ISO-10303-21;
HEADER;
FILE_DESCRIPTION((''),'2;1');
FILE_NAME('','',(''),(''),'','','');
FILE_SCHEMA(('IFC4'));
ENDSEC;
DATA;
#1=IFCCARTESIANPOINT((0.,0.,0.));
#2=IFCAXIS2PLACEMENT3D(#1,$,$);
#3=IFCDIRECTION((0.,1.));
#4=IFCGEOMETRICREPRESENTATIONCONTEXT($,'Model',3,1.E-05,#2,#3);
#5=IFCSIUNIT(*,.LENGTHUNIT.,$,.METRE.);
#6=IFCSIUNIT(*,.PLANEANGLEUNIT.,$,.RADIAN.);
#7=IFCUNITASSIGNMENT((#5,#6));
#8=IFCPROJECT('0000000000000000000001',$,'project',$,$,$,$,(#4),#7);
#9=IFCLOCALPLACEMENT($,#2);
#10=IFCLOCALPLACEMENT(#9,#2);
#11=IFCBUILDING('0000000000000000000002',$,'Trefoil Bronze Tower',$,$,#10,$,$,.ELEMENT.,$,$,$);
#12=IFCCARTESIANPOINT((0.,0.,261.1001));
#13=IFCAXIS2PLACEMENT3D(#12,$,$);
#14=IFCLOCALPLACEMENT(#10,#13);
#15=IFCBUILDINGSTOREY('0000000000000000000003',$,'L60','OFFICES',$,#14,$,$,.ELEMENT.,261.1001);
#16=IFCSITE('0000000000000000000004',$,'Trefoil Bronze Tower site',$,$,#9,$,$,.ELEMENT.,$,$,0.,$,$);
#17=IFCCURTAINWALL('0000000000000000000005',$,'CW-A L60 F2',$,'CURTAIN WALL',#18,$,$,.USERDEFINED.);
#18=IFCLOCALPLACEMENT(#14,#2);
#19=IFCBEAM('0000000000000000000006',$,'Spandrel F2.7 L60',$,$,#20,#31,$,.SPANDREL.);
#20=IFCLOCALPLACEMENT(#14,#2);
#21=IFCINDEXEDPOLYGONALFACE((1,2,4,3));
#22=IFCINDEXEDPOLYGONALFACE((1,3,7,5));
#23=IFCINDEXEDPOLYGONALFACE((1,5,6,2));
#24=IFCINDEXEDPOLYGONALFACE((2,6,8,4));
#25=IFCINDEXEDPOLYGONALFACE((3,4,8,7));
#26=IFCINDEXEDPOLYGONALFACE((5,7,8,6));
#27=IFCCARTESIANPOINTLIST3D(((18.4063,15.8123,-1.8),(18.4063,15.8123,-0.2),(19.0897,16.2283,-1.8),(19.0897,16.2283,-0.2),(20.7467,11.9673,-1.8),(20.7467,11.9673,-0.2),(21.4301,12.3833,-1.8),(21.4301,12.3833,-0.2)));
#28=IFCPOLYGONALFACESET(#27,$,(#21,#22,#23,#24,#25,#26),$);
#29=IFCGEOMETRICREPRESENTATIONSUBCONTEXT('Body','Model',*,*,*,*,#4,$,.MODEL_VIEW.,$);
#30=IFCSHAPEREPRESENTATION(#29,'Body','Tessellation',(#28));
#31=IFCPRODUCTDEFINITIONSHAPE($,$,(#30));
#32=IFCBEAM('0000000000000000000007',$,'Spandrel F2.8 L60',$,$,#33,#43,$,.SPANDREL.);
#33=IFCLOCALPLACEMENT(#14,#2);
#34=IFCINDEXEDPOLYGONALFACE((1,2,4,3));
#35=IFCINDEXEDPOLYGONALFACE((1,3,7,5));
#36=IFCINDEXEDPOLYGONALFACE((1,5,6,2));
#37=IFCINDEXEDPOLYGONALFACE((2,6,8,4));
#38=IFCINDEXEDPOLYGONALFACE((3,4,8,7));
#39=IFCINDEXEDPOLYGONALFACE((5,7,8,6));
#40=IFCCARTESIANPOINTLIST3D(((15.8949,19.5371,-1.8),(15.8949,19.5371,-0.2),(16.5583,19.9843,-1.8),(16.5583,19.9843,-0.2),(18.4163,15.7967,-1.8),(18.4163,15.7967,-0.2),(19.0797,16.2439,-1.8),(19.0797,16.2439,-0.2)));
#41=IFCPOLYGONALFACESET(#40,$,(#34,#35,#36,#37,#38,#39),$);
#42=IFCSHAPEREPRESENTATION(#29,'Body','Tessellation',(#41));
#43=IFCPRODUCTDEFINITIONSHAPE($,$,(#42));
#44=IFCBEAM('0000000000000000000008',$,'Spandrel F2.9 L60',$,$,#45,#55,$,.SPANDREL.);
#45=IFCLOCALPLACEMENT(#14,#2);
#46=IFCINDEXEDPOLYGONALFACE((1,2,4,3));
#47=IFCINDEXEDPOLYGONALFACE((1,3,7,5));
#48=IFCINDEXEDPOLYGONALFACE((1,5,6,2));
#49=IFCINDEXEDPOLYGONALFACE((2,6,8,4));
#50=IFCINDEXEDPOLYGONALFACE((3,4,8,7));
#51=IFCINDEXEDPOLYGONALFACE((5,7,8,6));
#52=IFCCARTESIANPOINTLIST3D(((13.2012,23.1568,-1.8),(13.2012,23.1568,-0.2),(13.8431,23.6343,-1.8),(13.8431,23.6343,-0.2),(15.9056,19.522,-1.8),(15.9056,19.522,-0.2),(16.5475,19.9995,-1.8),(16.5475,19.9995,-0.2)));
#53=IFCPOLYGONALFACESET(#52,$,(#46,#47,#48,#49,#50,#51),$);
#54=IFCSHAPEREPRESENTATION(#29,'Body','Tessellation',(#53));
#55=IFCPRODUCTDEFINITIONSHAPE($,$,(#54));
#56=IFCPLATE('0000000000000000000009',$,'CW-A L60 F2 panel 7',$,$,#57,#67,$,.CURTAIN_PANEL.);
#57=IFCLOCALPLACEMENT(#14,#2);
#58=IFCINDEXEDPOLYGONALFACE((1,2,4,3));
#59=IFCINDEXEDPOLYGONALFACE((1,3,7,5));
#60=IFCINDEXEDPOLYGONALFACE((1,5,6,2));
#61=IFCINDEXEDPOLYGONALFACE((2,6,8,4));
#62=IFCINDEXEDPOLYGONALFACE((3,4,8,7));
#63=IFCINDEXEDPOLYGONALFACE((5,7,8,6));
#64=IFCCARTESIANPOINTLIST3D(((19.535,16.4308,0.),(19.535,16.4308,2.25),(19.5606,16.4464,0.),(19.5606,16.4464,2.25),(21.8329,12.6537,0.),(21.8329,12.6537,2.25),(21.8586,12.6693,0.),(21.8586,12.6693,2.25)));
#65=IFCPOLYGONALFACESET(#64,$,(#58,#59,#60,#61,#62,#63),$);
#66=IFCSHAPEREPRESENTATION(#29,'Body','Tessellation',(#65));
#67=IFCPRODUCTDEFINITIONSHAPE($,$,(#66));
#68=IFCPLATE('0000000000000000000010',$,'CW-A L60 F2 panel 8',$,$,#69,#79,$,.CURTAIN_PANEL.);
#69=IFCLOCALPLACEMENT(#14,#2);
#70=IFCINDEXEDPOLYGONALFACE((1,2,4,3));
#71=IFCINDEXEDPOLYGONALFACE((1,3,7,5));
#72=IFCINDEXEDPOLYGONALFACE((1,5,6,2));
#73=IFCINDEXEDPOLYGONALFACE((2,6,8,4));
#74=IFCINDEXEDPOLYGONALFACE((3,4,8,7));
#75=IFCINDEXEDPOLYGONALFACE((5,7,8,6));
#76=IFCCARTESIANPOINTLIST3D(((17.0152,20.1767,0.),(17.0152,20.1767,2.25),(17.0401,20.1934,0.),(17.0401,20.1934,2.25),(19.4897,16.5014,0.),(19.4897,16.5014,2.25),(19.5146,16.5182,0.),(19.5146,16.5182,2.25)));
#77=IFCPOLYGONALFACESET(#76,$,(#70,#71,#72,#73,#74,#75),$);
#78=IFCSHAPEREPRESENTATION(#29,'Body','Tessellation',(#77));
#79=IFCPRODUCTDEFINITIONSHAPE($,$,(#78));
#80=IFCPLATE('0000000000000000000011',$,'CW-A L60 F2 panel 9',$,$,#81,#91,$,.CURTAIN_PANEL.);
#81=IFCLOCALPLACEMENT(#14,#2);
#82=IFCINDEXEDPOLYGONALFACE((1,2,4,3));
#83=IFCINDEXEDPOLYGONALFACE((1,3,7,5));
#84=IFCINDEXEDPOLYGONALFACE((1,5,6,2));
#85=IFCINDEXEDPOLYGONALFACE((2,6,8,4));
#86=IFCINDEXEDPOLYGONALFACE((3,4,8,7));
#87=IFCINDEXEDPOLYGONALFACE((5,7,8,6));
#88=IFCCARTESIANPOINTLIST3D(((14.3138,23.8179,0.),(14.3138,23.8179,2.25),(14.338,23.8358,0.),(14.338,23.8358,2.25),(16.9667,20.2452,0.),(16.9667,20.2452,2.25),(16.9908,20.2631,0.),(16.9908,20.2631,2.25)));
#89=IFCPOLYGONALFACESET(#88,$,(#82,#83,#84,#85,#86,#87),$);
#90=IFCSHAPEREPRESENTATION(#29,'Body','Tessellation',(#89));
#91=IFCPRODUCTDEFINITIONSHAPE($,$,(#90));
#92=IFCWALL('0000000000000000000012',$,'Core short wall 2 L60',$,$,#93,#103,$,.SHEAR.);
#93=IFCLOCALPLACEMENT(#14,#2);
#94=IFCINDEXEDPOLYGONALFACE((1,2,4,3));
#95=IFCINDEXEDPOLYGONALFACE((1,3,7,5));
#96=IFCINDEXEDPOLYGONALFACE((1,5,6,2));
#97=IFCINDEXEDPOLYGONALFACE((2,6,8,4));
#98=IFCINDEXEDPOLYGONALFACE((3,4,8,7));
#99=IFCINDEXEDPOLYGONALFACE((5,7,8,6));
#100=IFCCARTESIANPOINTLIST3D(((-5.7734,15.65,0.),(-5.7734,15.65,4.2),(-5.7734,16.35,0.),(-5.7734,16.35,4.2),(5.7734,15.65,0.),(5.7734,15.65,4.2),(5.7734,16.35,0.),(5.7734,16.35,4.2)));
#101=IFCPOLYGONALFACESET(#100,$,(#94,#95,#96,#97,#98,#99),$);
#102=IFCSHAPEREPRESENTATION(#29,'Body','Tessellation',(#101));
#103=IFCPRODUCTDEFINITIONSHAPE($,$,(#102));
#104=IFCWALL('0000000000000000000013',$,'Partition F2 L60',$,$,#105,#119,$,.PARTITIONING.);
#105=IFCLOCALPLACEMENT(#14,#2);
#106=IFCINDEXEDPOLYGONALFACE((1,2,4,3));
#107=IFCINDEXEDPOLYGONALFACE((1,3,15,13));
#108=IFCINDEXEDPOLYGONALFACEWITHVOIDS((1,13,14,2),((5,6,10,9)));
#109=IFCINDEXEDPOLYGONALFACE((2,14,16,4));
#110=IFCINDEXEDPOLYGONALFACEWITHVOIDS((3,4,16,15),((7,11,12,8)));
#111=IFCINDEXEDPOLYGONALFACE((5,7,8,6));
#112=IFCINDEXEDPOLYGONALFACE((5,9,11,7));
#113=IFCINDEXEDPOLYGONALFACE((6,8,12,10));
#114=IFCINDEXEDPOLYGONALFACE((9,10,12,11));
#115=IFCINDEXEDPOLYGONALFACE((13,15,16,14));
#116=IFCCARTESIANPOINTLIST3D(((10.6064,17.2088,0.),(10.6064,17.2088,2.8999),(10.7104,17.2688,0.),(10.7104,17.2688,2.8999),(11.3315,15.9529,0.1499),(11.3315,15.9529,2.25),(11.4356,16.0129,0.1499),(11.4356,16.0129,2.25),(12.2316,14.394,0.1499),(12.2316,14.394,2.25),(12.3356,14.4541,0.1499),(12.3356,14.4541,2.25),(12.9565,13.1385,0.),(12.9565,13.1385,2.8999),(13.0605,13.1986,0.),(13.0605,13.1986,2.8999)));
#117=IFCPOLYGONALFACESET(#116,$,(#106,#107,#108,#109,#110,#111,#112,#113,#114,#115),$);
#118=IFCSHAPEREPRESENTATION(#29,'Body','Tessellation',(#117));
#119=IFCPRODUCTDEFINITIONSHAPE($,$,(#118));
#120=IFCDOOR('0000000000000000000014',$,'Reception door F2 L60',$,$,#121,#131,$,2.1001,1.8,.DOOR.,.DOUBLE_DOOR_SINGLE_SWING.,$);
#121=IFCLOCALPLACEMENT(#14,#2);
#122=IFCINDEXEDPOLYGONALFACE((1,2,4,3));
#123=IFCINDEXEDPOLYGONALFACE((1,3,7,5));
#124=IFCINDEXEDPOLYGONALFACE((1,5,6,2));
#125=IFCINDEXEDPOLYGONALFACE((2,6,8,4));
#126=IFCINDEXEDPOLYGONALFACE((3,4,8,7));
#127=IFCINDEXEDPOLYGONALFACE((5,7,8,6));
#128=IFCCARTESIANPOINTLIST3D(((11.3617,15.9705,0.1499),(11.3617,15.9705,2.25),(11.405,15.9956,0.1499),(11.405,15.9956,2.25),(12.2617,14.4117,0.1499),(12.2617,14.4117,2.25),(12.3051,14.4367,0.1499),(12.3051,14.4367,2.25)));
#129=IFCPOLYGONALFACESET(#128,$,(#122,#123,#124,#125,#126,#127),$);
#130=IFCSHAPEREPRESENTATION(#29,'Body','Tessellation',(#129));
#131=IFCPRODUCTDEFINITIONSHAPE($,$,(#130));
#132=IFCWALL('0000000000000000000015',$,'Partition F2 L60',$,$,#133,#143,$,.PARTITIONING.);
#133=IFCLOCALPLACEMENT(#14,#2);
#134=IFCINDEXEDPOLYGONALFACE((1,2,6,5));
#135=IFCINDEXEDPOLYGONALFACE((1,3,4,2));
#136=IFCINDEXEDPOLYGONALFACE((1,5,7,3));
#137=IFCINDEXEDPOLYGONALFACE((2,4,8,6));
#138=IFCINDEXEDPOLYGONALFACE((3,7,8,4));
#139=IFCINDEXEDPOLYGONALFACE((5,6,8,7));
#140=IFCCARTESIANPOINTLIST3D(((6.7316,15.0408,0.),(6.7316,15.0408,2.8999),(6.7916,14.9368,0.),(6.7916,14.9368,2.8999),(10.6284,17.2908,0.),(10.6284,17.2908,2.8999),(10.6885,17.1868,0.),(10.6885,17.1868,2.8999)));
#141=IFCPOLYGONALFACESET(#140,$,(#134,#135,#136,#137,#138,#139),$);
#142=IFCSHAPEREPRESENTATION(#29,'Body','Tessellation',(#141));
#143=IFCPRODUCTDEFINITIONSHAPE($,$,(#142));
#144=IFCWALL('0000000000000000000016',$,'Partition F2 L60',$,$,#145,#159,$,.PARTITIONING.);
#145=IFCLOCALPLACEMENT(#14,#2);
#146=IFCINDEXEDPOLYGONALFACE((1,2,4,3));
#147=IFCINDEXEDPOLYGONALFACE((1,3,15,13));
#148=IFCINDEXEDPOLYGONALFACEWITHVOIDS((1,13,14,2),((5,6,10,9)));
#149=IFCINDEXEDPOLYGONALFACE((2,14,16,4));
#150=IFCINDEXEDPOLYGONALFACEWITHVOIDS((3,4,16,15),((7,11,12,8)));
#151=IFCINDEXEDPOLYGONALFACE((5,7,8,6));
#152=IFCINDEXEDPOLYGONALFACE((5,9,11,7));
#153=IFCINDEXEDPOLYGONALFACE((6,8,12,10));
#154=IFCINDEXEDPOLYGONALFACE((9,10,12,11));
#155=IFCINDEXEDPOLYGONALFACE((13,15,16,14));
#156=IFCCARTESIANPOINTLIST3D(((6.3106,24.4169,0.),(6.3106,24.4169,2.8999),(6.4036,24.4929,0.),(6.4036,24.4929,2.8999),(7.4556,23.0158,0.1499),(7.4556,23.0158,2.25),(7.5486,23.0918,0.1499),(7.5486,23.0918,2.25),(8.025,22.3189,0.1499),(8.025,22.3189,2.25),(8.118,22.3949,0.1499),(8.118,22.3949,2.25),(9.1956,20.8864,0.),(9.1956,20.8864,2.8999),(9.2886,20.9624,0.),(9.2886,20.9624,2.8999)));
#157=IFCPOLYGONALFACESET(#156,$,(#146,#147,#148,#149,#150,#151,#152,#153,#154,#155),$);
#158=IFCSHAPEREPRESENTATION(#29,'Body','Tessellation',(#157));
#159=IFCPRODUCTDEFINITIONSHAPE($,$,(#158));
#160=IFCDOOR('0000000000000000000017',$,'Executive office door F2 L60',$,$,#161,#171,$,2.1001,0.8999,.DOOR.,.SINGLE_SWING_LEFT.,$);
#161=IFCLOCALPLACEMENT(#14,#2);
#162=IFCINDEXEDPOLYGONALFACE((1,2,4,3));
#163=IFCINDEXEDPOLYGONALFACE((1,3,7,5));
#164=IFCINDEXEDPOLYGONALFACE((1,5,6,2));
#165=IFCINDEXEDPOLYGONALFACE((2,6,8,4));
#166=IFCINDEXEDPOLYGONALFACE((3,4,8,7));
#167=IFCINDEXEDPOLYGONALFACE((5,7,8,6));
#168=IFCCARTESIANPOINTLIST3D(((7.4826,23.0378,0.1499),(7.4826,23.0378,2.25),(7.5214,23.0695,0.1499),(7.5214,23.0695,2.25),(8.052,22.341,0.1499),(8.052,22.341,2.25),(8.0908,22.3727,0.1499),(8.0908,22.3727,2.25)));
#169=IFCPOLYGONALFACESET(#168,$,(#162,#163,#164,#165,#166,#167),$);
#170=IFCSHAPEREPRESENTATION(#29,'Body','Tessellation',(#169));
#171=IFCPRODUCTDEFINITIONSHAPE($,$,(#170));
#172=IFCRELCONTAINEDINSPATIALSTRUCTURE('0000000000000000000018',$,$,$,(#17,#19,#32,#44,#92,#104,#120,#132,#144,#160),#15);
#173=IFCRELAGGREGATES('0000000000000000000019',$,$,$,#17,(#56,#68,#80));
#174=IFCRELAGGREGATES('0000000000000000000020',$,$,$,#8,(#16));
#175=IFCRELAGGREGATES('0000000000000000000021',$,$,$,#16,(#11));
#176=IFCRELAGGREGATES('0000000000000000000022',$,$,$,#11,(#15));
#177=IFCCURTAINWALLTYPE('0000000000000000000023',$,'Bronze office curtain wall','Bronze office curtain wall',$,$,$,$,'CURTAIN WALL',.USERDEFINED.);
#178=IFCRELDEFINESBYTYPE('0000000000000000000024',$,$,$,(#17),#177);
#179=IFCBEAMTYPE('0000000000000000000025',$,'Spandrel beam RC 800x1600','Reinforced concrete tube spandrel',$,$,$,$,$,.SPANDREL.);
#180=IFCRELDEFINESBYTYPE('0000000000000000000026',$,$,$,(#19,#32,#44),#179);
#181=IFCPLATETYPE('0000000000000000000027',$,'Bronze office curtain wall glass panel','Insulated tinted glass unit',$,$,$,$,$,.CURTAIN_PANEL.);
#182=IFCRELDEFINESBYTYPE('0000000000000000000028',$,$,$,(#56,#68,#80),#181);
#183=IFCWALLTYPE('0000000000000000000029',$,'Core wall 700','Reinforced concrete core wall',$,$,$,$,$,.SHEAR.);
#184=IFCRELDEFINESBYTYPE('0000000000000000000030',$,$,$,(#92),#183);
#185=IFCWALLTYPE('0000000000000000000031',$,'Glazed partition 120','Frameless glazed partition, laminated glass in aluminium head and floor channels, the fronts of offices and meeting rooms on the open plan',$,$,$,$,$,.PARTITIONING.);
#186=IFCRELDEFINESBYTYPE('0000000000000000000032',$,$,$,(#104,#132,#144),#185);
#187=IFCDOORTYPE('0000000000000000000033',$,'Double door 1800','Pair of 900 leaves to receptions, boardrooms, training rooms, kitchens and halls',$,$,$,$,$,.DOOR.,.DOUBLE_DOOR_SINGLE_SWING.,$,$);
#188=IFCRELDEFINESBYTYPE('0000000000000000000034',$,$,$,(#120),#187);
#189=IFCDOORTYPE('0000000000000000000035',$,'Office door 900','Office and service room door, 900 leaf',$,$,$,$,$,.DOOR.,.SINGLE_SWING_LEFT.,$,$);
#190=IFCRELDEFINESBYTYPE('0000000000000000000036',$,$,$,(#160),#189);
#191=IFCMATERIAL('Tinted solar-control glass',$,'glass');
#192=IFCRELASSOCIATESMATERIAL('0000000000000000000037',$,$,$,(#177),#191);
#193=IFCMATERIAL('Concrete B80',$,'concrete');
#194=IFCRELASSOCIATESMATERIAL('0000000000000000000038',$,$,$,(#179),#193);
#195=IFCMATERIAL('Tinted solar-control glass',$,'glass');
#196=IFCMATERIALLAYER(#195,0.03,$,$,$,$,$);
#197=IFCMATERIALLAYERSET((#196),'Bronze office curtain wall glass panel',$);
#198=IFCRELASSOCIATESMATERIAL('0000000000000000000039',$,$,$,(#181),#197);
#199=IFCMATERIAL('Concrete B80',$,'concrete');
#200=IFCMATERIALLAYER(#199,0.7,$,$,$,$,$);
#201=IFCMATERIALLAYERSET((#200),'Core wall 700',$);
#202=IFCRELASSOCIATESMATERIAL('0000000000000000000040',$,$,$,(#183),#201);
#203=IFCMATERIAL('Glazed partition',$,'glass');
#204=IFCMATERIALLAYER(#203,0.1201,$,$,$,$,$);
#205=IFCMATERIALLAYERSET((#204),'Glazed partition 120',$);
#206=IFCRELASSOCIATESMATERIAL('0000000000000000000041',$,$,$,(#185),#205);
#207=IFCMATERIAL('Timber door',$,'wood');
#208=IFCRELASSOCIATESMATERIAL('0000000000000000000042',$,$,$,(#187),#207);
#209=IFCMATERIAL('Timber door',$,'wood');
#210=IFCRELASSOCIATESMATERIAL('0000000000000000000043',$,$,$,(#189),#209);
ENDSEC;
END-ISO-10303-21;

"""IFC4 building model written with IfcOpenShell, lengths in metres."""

from ifc_helpers import new_model, si_unit, direction, frame, frame_2d, origin, origin_2d, place, context, subcontext, project, spatial, rectangle, extrude, material, layer, layer_set, material_profile, profile_set, type_object, element, fill, aggregate, save


model = new_model("IFC4")

# Units and contexts
model_context = context("Model", 3, precision=1e-05, world=origin(), true_north=direction((0.0, 1.0)))
body_context = subcontext(model_context, "Body", "Model", "MODEL_VIEW")
ifc_project = project(units=[si_unit("LENGTHUNIT", "METRE"), si_unit("PLANEANGLEUNIT", "RADIAN")], contexts=[model_context])

# Site, building, storey
site_placement = place(None, origin())
site = spatial("IfcSite", under=ifc_project, at=site_placement, Name="Trefoil Bronze Tower site", CompositionType="ELEMENT", RefElevation=0.0)
building_placement = place(site_placement, origin())
building = spatial("IfcBuilding", under=site, at=building_placement, Name="Trefoil Bronze Tower", CompositionType="ELEMENT")
storey_placement = place(building_placement, frame((0.0, 0.0, 261.1001)))
storey = spatial("IfcBuildingStorey", under=building, at=storey_placement, Name="L60", Description="OFFICES", CompositionType="ELEMENT", Elevation=261.1001)

# Curtain wall
ifc_material_1 = material(Name="Tinted solar-control glass", Category="glass")
curtain_wall_type = type_object("IfcCurtainWallType", Name="Bronze office curtain wall", Description="Bronze office curtain wall", ElementType="CURTAIN WALL", PredefinedType="USERDEFINED", material=ifc_material_1)
curtain_wall_placement = place(storey_placement, origin())
curtain_wall = element("IfcCurtainWall", 1, at=curtain_wall_placement, inside=storey, type_object=curtain_wall_type, Name="CW-A L60 F2", ObjectType="CURTAIN WALL", PredefinedType="USERDEFINED")

# Beams
ifc_material_2 = material(Name="Concrete B80", Category="concrete")
ifc_material_profile_1 = material_profile(ifc_material_2, rectangle(XDim=0.8, YDim=1.6001, at=origin_2d()), Name="RC 800x1600")
ifc_profile_set_1 = profile_set([ifc_material_profile_1], Name="Concrete B80")
beam_type_1 = type_object("IfcBeamType", Name="Spandrel beam RC 800x1600", Description="Reinforced concrete tube spandrel", PredefinedType="SPANDREL", material=ifc_profile_set_1)
beam_1_placement = place(storey_placement, frame((21.0884, 12.1753, -1.0), z_axis=(-0.519933, 0.854207, 0.0), x_axis=(-0.854207, -0.519933, 0.0)))
element("IfcBeam", 2, at=beam_1_placement, inside=storey, type_object=beam_type_1, Name="Spandrel F2.7 L60", PredefinedType="SPANDREL", context=body_context, shape_type="SweptSolid", body=[
    extrude(rectangle(XDim=0.8, YDim=1.6001, at=origin_2d()), origin(), (0.0, 0.0, 1.0), 4.5012),
])
beam_2_placement = place(storey_placement, frame((18.748, 16.0203, -1.0), z_axis=(-0.558964, 0.829192, 0.0), x_axis=(-0.829192, -0.558964, 0.0)))
element("IfcBeam", 3, at=beam_2_placement, inside=storey, type_object=beam_type_1, Name="Spandrel F2.8 L60", PredefinedType="SPANDREL", context=body_context, shape_type="SweptSolid", body=[
    extrude(rectangle(XDim=0.8, YDim=1.6001, at=origin_2d()), origin(), (0.0, 0.0, 1.0), 4.511),
])
beam_3_placement = place(storey_placement, frame((16.2266, 19.7607, -1.0), z_axis=(-0.596926, 0.802296, 0.0), x_axis=(-0.802296, -0.596926, 0.0)))
element("IfcBeam", 4, at=beam_3_placement, inside=storey, type_object=beam_type_1, Name="Spandrel F2.9 L60", PredefinedType="SPANDREL", context=body_context, shape_type="SweptSolid", body=[
    extrude(rectangle(XDim=0.8, YDim=1.6001, at=origin_2d()), origin(), (0.0, 0.0, 1.0), 4.5305),
])

# Plates
ifc_material_3 = material(Name="Tinted solar-control glass", Category="glass")
ifc_layer_1 = layer(ifc_material_3, 0.03)
ifc_layer_set_1 = layer_set([ifc_layer_1], Name="Bronze office curtain wall glass panel")
plate_type = type_object("IfcPlateType", Name="Bronze office curtain wall glass panel", Description="Insulated tinted glass unit", PredefinedType="CURTAIN_PANEL", material=ifc_layer_set_1)
plate_1_placement = place(storey_placement, frame((20.6968, 14.55, 0.0), z_axis=(0.0, 0.0, 1.0), x_axis=(-0.519762, 0.854311, 0.0)))
plate_1 = element("IfcPlate", 5, at=plate_1_placement, type_object=plate_type, Name="CW-A L60 F2 panel 7", PredefinedType="CURTAIN_PANEL", context=body_context, shape_type="SweptSolid", body=[
    extrude(rectangle(XDim=4.4211, YDim=0.03, at=origin_2d()), origin(), (0.0, 0.0, 1.0), 2.25),
])
plate_2_placement = place(storey_placement, frame((18.2649, 18.3474, 0.0), z_axis=(0.0, 0.0, 1.0), x_axis=(-0.558493, 0.829509, 0.0)))
plate_2 = element("IfcPlate", 6, at=plate_2_placement, type_object=plate_type, Name="CW-A L60 F2 panel 8", PredefinedType="CURTAIN_PANEL", context=body_context, shape_type="SweptSolid", body=[
    extrude(rectangle(XDim=4.4307, YDim=0.03, at=origin_2d()), origin(), (0.0, 0.0, 1.0), 2.25),
])
plate_3_placement = place(storey_placement, frame((15.6523, 22.0405, 0.0), z_axis=(0.0, 0.0, 1.0), x_axis=(-0.596162, 0.802865, 0.0)))
plate_3 = element("IfcPlate", 7, at=plate_3_placement, type_object=plate_type, Name="CW-A L60 F2 panel 9", PredefinedType="CURTAIN_PANEL", context=body_context, shape_type="SweptSolid", body=[
    extrude(rectangle(XDim=4.45, YDim=0.03, at=origin_2d()), origin(), (0.0, 0.0, 1.0), 2.25),
])
aggregate(curtain_wall, [plate_1, plate_2, plate_3])

# Wall
ifc_material_4 = material(Name="Concrete B80", Category="concrete")
ifc_layer_2 = layer(ifc_material_4, 0.7)
ifc_layer_set_2 = layer_set([ifc_layer_2], Name="Core wall 700")
wall_type_1 = type_object("IfcWallType", Name="Core wall 700", Description="Reinforced concrete core wall", PredefinedType="SHEAR", material=ifc_layer_set_2)
wall_1_placement = place(storey_placement, frame((5.7734, 16.0, 0.0), z_axis=(0.0, 0.0, 1.0), x_axis=(-1.0, 0.0, 0.0)))
element("IfcWall", 8, at=wall_1_placement, inside=storey, type_object=wall_type_1, Name="Core short wall 2 L60", PredefinedType="SHEAR", context=body_context, shape_type="SweptSolid", body=[
    extrude(rectangle(XDim=11.5469, YDim=0.7, at=frame_2d((5.7734, 0.0))), origin(), (0.0, 0.0, 1.0), 4.2),
])

# Wall, opening, door
ifc_material_5 = material(Name="Glazed partition", Category="glass")
ifc_layer_3 = layer(ifc_material_5, 0.1201)
ifc_layer_set_3 = layer_set([ifc_layer_3], Name="Glazed partition 120")
wall_type_2 = type_object("IfcWallType", Name="Glazed partition 120", Description="Frameless glazed partition, laminated glass in aluminium head and floor channels, the fronts of offices and meeting rooms on the open plan", PredefinedType="PARTITIONING", material=ifc_layer_set_3)
wall_2_placement = place(storey_placement, frame((13.0085, 13.1685, 0.0), z_axis=(0.0, 0.0, 1.0), x_axis=(-0.500016, 0.866016, 0.0)))
wall_2 = element("IfcWall", 9, at=wall_2_placement, inside=storey, type_object=wall_type_2, Name="Partition F2 L60", PredefinedType="PARTITIONING", context=body_context, shape_type="SweptSolid", body=[
    extrude(rectangle(XDim=4.7, YDim=0.1201, at=frame_2d((2.3501, 0.0))), origin(), (0.0, 0.0, 1.0), 2.8999),
])
opening_1_placement = place(wall_2_placement, frame((1.45, 0.0, 0.1499)))
opening_1 = element("IfcOpeningElement", 10, at=opening_1_placement, cuts=wall_2, PredefinedType="OPENING", context=body_context, shape_type="SweptSolid", body=[
    extrude(rectangle(XDim=1.8, YDim=2.1001, at=frame_2d((0.8999, 1.05))), frame((0.0, 0.0701, 0.0), z_axis=(0.0, -1.0, 0.0), x_axis=(1.0, 0.0, 0.0)), (0.0, 0.0, 1.0), 0.1401),
])
ifc_material_6 = material(Name="Timber door", Category="wood")
door_type_1 = type_object("IfcDoorType", Name="Double door 1800", Description="Pair of 900 leaves to receptions, boardrooms, training rooms, kitchens and halls", OperationType="DOUBLE_DOOR_SINGLE_SWING", PredefinedType="DOOR", material=ifc_material_6)
door_1_placement = place(opening_1_placement, frame((1.8, 0.0, 0.0), z_axis=(0.0, 0.0, 1.0), x_axis=(-1.0, 0.0, 0.0)))
door_1 = element("IfcDoor", 11, at=door_1_placement, inside=storey, type_object=door_type_1, Name="Reception door F2 L60", OperationType="DOUBLE_DOOR_SINGLE_SWING", OverallHeight=2.1001, OverallWidth=1.8, PredefinedType="DOOR", context=body_context, shape_type="SweptSolid", body=[
    extrude(rectangle(XDim=1.8, YDim=2.1001, at=frame_2d((0.8999, 1.05))), frame((0.0, 0.0249, 0.0), z_axis=(0.0, -1.0, 0.0), x_axis=(1.0, 0.0, 0.0)), (0.0, 0.0, 1.0), 0.05),
])
fill(opening_1, door_1)

# Wall
wall_3_placement = place(storey_placement, frame((6.7615, 14.9888, 0.0), z_axis=(0.0, 0.0, 1.0), x_axis=(0.866018, 0.500014, 0.0)))
element("IfcWall", 12, at=wall_3_placement, inside=storey, type_object=wall_type_2, Name="Partition F2 L60", PredefinedType="PARTITIONING", context=body_context, shape_type="SweptSolid", body=[
    extrude(rectangle(XDim=4.4998, YDim=0.1201, at=frame_2d((2.25, 0.0))), origin(), (0.0, 0.0, 1.0), 2.8999),
])

# Wall, opening, door
wall_4_placement = place(storey_placement, frame((9.2422, 20.9243, 0.0), z_axis=(0.0, 0.0, 1.0), x_axis=(-0.632765, 0.774344, 0.0)))
wall_4 = element("IfcWall", 13, at=wall_4_placement, inside=storey, type_object=wall_type_2, Name="Partition F2 L60", PredefinedType="PARTITIONING", context=body_context, shape_type="SweptSolid", body=[
    extrude(rectangle(XDim=4.5593, YDim=0.1201, at=frame_2d((2.2798, 0.0))), origin(), (0.0, 0.0, 1.0), 2.8999),
])
opening_2_placement = place(wall_4_placement, frame((1.8501, 0.0, 0.1499)))
opening_2 = element("IfcOpeningElement", 14, at=opening_2_placement, cuts=wall_4, PredefinedType="OPENING", context=body_context, shape_type="SweptSolid", body=[
    extrude(rectangle(XDim=0.8999, YDim=2.1001, at=frame_2d((0.45, 1.05))), frame((0.0, 0.0701, 0.0), z_axis=(0.0, -1.0, 0.0), x_axis=(1.0, 0.0, 0.0)), (0.0, 0.0, 1.0), 0.1401),
])
ifc_material_7 = material(Name="Timber door", Category="wood")
door_type_2 = type_object("IfcDoorType", Name="Office door 900", Description="Office and service room door, 900 leaf", OperationType="SINGLE_SWING_LEFT", PredefinedType="DOOR", material=ifc_material_7)
door_2_placement = place(opening_2_placement, frame((0.8999, 0.0, 0.0), z_axis=(0.0, 0.0, 1.0), x_axis=(-1.0, 0.0, 0.0)))
door_2 = element("IfcDoor", 15, at=door_2_placement, inside=storey, type_object=door_type_2, Name="Executive office door F2 L60", OperationType="SINGLE_SWING_LEFT", OverallHeight=2.1001, OverallWidth=0.8999, PredefinedType="DOOR", context=body_context, shape_type="SweptSolid", body=[
    extrude(rectangle(XDim=0.8999, YDim=2.1001, at=frame_2d((0.45, 1.05))), frame((0.0, 0.0249, 0.0), z_axis=(0.0, -1.0, 0.0), x_axis=(1.0, 0.0, 0.0)), (0.0, 0.0, 1.0), 0.05),
])
fill(opening_2, door_2)

save(model, "model.ifc")
